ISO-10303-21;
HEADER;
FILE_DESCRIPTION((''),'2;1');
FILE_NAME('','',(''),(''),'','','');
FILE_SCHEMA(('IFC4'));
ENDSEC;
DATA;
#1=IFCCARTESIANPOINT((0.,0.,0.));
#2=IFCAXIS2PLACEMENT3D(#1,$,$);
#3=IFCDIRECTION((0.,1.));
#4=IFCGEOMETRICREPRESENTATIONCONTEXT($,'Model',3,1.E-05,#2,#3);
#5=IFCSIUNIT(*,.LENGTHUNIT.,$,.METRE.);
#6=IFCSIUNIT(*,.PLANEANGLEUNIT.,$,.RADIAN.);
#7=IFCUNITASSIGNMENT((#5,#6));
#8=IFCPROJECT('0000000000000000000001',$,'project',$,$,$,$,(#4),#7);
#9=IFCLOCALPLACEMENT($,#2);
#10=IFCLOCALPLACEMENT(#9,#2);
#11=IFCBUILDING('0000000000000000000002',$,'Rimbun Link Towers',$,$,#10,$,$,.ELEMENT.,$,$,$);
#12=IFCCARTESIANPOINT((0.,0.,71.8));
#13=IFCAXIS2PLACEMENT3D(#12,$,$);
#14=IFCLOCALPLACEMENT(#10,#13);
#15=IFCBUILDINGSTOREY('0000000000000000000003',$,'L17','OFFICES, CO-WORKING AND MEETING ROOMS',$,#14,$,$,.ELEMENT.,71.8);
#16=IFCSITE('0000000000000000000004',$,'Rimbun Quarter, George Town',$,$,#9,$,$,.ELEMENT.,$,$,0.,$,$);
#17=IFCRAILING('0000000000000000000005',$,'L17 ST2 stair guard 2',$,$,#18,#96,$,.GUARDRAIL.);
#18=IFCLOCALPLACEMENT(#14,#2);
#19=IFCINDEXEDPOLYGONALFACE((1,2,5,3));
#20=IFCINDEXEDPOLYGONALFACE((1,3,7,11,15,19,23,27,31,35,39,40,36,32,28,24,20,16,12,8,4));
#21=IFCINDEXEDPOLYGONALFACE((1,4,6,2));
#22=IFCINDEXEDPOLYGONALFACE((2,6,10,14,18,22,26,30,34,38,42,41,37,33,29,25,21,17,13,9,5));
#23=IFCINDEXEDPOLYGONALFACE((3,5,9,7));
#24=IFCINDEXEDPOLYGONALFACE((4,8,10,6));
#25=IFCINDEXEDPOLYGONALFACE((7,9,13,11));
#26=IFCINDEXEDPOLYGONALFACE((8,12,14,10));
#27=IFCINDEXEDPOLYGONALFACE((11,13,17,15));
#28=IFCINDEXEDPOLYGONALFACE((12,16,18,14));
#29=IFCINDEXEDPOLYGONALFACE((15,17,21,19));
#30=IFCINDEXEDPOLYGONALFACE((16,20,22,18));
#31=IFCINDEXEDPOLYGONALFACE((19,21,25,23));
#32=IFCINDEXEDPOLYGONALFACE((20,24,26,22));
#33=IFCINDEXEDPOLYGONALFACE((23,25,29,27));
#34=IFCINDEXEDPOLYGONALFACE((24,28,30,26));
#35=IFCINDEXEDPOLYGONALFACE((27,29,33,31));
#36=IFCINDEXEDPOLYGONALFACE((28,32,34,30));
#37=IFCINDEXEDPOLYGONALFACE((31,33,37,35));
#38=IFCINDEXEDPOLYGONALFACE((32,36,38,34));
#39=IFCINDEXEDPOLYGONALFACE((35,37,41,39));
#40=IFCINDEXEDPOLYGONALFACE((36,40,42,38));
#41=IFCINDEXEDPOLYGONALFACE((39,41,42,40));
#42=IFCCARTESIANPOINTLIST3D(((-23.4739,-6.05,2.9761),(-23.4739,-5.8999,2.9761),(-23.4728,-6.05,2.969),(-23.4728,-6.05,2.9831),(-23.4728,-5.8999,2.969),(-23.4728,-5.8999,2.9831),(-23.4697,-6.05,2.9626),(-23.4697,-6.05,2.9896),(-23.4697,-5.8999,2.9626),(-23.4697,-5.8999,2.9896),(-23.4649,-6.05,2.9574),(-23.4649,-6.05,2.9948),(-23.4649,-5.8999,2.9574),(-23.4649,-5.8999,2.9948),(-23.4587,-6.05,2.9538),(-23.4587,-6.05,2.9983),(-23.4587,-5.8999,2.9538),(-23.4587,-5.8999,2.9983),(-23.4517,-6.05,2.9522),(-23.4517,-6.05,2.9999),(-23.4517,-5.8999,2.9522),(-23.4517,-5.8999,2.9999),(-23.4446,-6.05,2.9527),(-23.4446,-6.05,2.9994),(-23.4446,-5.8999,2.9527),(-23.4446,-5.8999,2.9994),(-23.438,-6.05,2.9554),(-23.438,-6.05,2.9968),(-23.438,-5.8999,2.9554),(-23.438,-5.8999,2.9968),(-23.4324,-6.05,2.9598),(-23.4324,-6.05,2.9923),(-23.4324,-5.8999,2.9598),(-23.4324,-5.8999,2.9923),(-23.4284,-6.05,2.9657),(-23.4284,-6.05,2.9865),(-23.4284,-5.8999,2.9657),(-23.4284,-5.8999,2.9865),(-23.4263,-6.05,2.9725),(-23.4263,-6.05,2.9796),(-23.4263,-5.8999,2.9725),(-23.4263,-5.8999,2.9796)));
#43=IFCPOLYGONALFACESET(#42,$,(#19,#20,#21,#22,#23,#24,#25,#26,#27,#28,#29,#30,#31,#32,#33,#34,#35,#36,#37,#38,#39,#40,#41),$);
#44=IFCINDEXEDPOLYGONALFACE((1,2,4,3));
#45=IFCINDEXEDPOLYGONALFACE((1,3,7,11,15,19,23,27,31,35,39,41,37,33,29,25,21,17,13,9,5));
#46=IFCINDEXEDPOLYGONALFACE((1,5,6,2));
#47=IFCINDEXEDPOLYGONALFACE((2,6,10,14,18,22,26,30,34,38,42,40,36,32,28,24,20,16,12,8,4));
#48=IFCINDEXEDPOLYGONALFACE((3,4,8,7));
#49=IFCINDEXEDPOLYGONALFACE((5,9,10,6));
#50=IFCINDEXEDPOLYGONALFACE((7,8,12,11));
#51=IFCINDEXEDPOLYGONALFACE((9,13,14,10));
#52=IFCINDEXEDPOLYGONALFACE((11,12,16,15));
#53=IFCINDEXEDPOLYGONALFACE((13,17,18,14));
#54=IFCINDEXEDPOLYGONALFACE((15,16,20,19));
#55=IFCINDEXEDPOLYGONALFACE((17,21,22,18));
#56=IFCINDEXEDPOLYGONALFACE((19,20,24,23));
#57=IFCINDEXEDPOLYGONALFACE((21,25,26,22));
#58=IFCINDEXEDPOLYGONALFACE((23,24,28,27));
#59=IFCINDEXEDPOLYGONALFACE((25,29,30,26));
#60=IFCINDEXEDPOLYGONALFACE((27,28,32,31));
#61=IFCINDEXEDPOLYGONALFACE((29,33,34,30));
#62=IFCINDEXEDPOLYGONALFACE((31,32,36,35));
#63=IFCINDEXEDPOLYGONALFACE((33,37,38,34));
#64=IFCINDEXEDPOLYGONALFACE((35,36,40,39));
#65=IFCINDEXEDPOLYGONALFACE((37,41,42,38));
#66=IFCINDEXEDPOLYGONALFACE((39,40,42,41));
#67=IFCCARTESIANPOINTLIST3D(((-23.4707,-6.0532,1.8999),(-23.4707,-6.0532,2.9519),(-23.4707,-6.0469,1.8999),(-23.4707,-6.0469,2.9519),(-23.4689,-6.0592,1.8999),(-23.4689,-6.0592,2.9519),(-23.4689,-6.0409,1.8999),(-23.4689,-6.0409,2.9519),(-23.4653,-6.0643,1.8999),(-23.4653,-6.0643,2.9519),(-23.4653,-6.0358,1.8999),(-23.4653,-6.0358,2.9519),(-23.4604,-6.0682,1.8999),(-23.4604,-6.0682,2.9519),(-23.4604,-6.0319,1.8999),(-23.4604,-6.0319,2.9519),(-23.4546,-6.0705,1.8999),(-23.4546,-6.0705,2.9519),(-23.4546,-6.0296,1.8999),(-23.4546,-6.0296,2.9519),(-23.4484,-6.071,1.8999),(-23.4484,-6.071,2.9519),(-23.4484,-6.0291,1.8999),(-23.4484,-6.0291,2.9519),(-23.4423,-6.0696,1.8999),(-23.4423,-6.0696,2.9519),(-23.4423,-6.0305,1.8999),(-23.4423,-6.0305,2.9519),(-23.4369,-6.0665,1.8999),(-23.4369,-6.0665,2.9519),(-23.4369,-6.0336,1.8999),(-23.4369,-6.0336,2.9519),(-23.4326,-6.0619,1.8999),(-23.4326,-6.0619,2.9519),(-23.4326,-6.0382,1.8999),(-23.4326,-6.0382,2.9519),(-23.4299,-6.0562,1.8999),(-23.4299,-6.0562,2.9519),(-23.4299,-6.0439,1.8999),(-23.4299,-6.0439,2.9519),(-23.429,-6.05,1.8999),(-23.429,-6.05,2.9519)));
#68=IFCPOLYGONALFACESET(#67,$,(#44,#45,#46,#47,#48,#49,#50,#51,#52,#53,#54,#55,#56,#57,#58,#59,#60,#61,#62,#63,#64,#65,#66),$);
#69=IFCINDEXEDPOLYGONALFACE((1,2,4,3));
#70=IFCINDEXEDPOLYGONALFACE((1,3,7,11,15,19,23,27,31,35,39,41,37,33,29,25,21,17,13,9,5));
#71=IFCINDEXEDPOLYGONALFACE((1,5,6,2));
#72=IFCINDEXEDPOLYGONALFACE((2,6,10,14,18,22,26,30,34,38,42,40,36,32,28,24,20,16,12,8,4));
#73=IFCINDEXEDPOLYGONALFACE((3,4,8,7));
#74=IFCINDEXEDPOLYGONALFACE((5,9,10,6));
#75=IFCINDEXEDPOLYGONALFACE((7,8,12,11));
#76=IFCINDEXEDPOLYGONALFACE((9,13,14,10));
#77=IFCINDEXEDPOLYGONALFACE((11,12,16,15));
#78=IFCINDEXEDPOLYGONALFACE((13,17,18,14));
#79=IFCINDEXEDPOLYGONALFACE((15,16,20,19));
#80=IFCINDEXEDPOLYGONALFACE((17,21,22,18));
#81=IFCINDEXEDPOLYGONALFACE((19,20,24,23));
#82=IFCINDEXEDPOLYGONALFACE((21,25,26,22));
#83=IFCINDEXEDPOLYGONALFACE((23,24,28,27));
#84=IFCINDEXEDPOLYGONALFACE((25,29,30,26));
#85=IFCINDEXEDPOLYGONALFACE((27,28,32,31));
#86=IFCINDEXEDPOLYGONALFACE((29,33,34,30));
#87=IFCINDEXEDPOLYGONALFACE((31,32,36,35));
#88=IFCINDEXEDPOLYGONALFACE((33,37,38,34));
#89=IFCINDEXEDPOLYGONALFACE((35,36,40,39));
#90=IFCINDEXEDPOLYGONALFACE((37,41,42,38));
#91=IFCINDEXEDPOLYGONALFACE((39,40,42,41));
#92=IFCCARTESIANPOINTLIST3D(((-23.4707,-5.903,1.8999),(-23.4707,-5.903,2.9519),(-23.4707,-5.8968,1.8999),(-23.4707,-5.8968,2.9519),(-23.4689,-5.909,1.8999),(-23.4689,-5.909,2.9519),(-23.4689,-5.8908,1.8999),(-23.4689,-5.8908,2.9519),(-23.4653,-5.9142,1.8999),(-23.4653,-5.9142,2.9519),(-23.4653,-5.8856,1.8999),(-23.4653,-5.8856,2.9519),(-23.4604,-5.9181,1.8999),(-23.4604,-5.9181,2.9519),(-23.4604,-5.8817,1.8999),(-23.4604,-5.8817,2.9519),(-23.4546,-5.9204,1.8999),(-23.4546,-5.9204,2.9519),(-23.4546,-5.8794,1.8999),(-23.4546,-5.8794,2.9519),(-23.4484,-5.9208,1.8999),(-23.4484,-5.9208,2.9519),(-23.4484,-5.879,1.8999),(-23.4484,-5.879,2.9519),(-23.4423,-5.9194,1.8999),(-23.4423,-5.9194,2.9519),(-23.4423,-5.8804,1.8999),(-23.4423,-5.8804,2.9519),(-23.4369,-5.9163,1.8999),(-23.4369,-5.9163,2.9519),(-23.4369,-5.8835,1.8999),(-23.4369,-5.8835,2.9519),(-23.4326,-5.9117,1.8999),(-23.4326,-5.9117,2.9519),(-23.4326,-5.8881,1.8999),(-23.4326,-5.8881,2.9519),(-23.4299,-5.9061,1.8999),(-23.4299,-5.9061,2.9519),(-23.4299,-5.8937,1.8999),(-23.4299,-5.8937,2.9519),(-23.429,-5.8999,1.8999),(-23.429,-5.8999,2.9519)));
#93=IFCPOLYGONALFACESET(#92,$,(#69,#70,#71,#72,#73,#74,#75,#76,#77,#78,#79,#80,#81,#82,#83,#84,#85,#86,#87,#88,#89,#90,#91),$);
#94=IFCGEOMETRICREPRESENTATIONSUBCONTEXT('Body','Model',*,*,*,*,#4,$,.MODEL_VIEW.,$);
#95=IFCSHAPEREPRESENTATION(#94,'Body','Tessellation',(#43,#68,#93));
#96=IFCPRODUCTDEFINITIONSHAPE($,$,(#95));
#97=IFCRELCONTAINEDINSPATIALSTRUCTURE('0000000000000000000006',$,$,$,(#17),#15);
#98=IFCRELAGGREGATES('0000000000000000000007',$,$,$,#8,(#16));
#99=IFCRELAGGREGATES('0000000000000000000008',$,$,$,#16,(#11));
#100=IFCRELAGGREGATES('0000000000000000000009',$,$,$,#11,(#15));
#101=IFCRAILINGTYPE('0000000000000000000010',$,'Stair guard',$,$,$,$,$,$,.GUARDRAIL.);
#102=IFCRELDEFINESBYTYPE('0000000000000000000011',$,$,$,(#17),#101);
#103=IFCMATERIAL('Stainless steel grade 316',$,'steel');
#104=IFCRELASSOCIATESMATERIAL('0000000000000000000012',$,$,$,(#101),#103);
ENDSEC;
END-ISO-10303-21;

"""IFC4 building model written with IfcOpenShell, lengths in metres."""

from ifc_helpers import new_model, si_unit, direction, frame, origin, origin_2d, place, context, subcontext, project, spatial, circle, extrude, material, type_object, element, save


model = new_model("IFC4")

# Units and contexts
model_context = context("Model", 3, precision=1e-05, world=origin(), true_north=direction((0.0, 1.0)))
body_context = subcontext(model_context, "Body", "Model", "MODEL_VIEW")
ifc_project = project(units=[si_unit("LENGTHUNIT", "METRE"), si_unit("PLANEANGLEUNIT", "RADIAN")], contexts=[model_context])

# Site, building, storey
site_placement = place(None, origin())
site = spatial("IfcSite", under=ifc_project, at=site_placement, Name="Rimbun Quarter, George Town", CompositionType="ELEMENT", RefElevation=0.0)
building_placement = place(site_placement, origin())
building = spatial("IfcBuilding", under=site, at=building_placement, Name="Rimbun Link Towers", CompositionType="ELEMENT")
storey_placement = place(building_placement, frame((0.0, 0.0, 71.8)))
storey = spatial("IfcBuildingStorey", under=building, at=storey_placement, Name="L17", Description="OFFICES, CO-WORKING AND MEETING ROOMS", CompositionType="ELEMENT", Elevation=71.8)

# Railing
ifc_material_1 = material(Name="Stainless steel grade 316", Category="steel")
railing_type_1 = type_object("IfcRailingType", Name="Stair guard", PredefinedType="GUARDRAIL", material=ifc_material_1)
railing_1_placement = place(storey_placement, frame((-23.45, -6.05, 1.8999)))
element("IfcRailing", 1, at=railing_1_placement, inside=storey, type_object=railing_type_1, Name="L17 ST2 stair guard 2", PredefinedType="GUARDRAIL", context=body_context, shape_type="SweptSolid", body=[
    extrude(circle(Radius=0.0239, at=origin_2d()), frame((0.0, 0.0, 1.0762), z_axis=(0.0, 1.0, 0.0), x_axis=(-1.0, 0.0, 0.0)), (0.0, 0.0, 1.0), 0.1501),
    extrude(circle(Radius=0.021, at=origin_2d()), origin(), (0.0, 0.0, 1.0), 1.052),
    extrude(circle(Radius=0.021, at=origin_2d()), frame((0.0, 0.1501, 0.0)), (0.0, 0.0, 1.0), 1.052),
])

save(model, "model.ifc")
